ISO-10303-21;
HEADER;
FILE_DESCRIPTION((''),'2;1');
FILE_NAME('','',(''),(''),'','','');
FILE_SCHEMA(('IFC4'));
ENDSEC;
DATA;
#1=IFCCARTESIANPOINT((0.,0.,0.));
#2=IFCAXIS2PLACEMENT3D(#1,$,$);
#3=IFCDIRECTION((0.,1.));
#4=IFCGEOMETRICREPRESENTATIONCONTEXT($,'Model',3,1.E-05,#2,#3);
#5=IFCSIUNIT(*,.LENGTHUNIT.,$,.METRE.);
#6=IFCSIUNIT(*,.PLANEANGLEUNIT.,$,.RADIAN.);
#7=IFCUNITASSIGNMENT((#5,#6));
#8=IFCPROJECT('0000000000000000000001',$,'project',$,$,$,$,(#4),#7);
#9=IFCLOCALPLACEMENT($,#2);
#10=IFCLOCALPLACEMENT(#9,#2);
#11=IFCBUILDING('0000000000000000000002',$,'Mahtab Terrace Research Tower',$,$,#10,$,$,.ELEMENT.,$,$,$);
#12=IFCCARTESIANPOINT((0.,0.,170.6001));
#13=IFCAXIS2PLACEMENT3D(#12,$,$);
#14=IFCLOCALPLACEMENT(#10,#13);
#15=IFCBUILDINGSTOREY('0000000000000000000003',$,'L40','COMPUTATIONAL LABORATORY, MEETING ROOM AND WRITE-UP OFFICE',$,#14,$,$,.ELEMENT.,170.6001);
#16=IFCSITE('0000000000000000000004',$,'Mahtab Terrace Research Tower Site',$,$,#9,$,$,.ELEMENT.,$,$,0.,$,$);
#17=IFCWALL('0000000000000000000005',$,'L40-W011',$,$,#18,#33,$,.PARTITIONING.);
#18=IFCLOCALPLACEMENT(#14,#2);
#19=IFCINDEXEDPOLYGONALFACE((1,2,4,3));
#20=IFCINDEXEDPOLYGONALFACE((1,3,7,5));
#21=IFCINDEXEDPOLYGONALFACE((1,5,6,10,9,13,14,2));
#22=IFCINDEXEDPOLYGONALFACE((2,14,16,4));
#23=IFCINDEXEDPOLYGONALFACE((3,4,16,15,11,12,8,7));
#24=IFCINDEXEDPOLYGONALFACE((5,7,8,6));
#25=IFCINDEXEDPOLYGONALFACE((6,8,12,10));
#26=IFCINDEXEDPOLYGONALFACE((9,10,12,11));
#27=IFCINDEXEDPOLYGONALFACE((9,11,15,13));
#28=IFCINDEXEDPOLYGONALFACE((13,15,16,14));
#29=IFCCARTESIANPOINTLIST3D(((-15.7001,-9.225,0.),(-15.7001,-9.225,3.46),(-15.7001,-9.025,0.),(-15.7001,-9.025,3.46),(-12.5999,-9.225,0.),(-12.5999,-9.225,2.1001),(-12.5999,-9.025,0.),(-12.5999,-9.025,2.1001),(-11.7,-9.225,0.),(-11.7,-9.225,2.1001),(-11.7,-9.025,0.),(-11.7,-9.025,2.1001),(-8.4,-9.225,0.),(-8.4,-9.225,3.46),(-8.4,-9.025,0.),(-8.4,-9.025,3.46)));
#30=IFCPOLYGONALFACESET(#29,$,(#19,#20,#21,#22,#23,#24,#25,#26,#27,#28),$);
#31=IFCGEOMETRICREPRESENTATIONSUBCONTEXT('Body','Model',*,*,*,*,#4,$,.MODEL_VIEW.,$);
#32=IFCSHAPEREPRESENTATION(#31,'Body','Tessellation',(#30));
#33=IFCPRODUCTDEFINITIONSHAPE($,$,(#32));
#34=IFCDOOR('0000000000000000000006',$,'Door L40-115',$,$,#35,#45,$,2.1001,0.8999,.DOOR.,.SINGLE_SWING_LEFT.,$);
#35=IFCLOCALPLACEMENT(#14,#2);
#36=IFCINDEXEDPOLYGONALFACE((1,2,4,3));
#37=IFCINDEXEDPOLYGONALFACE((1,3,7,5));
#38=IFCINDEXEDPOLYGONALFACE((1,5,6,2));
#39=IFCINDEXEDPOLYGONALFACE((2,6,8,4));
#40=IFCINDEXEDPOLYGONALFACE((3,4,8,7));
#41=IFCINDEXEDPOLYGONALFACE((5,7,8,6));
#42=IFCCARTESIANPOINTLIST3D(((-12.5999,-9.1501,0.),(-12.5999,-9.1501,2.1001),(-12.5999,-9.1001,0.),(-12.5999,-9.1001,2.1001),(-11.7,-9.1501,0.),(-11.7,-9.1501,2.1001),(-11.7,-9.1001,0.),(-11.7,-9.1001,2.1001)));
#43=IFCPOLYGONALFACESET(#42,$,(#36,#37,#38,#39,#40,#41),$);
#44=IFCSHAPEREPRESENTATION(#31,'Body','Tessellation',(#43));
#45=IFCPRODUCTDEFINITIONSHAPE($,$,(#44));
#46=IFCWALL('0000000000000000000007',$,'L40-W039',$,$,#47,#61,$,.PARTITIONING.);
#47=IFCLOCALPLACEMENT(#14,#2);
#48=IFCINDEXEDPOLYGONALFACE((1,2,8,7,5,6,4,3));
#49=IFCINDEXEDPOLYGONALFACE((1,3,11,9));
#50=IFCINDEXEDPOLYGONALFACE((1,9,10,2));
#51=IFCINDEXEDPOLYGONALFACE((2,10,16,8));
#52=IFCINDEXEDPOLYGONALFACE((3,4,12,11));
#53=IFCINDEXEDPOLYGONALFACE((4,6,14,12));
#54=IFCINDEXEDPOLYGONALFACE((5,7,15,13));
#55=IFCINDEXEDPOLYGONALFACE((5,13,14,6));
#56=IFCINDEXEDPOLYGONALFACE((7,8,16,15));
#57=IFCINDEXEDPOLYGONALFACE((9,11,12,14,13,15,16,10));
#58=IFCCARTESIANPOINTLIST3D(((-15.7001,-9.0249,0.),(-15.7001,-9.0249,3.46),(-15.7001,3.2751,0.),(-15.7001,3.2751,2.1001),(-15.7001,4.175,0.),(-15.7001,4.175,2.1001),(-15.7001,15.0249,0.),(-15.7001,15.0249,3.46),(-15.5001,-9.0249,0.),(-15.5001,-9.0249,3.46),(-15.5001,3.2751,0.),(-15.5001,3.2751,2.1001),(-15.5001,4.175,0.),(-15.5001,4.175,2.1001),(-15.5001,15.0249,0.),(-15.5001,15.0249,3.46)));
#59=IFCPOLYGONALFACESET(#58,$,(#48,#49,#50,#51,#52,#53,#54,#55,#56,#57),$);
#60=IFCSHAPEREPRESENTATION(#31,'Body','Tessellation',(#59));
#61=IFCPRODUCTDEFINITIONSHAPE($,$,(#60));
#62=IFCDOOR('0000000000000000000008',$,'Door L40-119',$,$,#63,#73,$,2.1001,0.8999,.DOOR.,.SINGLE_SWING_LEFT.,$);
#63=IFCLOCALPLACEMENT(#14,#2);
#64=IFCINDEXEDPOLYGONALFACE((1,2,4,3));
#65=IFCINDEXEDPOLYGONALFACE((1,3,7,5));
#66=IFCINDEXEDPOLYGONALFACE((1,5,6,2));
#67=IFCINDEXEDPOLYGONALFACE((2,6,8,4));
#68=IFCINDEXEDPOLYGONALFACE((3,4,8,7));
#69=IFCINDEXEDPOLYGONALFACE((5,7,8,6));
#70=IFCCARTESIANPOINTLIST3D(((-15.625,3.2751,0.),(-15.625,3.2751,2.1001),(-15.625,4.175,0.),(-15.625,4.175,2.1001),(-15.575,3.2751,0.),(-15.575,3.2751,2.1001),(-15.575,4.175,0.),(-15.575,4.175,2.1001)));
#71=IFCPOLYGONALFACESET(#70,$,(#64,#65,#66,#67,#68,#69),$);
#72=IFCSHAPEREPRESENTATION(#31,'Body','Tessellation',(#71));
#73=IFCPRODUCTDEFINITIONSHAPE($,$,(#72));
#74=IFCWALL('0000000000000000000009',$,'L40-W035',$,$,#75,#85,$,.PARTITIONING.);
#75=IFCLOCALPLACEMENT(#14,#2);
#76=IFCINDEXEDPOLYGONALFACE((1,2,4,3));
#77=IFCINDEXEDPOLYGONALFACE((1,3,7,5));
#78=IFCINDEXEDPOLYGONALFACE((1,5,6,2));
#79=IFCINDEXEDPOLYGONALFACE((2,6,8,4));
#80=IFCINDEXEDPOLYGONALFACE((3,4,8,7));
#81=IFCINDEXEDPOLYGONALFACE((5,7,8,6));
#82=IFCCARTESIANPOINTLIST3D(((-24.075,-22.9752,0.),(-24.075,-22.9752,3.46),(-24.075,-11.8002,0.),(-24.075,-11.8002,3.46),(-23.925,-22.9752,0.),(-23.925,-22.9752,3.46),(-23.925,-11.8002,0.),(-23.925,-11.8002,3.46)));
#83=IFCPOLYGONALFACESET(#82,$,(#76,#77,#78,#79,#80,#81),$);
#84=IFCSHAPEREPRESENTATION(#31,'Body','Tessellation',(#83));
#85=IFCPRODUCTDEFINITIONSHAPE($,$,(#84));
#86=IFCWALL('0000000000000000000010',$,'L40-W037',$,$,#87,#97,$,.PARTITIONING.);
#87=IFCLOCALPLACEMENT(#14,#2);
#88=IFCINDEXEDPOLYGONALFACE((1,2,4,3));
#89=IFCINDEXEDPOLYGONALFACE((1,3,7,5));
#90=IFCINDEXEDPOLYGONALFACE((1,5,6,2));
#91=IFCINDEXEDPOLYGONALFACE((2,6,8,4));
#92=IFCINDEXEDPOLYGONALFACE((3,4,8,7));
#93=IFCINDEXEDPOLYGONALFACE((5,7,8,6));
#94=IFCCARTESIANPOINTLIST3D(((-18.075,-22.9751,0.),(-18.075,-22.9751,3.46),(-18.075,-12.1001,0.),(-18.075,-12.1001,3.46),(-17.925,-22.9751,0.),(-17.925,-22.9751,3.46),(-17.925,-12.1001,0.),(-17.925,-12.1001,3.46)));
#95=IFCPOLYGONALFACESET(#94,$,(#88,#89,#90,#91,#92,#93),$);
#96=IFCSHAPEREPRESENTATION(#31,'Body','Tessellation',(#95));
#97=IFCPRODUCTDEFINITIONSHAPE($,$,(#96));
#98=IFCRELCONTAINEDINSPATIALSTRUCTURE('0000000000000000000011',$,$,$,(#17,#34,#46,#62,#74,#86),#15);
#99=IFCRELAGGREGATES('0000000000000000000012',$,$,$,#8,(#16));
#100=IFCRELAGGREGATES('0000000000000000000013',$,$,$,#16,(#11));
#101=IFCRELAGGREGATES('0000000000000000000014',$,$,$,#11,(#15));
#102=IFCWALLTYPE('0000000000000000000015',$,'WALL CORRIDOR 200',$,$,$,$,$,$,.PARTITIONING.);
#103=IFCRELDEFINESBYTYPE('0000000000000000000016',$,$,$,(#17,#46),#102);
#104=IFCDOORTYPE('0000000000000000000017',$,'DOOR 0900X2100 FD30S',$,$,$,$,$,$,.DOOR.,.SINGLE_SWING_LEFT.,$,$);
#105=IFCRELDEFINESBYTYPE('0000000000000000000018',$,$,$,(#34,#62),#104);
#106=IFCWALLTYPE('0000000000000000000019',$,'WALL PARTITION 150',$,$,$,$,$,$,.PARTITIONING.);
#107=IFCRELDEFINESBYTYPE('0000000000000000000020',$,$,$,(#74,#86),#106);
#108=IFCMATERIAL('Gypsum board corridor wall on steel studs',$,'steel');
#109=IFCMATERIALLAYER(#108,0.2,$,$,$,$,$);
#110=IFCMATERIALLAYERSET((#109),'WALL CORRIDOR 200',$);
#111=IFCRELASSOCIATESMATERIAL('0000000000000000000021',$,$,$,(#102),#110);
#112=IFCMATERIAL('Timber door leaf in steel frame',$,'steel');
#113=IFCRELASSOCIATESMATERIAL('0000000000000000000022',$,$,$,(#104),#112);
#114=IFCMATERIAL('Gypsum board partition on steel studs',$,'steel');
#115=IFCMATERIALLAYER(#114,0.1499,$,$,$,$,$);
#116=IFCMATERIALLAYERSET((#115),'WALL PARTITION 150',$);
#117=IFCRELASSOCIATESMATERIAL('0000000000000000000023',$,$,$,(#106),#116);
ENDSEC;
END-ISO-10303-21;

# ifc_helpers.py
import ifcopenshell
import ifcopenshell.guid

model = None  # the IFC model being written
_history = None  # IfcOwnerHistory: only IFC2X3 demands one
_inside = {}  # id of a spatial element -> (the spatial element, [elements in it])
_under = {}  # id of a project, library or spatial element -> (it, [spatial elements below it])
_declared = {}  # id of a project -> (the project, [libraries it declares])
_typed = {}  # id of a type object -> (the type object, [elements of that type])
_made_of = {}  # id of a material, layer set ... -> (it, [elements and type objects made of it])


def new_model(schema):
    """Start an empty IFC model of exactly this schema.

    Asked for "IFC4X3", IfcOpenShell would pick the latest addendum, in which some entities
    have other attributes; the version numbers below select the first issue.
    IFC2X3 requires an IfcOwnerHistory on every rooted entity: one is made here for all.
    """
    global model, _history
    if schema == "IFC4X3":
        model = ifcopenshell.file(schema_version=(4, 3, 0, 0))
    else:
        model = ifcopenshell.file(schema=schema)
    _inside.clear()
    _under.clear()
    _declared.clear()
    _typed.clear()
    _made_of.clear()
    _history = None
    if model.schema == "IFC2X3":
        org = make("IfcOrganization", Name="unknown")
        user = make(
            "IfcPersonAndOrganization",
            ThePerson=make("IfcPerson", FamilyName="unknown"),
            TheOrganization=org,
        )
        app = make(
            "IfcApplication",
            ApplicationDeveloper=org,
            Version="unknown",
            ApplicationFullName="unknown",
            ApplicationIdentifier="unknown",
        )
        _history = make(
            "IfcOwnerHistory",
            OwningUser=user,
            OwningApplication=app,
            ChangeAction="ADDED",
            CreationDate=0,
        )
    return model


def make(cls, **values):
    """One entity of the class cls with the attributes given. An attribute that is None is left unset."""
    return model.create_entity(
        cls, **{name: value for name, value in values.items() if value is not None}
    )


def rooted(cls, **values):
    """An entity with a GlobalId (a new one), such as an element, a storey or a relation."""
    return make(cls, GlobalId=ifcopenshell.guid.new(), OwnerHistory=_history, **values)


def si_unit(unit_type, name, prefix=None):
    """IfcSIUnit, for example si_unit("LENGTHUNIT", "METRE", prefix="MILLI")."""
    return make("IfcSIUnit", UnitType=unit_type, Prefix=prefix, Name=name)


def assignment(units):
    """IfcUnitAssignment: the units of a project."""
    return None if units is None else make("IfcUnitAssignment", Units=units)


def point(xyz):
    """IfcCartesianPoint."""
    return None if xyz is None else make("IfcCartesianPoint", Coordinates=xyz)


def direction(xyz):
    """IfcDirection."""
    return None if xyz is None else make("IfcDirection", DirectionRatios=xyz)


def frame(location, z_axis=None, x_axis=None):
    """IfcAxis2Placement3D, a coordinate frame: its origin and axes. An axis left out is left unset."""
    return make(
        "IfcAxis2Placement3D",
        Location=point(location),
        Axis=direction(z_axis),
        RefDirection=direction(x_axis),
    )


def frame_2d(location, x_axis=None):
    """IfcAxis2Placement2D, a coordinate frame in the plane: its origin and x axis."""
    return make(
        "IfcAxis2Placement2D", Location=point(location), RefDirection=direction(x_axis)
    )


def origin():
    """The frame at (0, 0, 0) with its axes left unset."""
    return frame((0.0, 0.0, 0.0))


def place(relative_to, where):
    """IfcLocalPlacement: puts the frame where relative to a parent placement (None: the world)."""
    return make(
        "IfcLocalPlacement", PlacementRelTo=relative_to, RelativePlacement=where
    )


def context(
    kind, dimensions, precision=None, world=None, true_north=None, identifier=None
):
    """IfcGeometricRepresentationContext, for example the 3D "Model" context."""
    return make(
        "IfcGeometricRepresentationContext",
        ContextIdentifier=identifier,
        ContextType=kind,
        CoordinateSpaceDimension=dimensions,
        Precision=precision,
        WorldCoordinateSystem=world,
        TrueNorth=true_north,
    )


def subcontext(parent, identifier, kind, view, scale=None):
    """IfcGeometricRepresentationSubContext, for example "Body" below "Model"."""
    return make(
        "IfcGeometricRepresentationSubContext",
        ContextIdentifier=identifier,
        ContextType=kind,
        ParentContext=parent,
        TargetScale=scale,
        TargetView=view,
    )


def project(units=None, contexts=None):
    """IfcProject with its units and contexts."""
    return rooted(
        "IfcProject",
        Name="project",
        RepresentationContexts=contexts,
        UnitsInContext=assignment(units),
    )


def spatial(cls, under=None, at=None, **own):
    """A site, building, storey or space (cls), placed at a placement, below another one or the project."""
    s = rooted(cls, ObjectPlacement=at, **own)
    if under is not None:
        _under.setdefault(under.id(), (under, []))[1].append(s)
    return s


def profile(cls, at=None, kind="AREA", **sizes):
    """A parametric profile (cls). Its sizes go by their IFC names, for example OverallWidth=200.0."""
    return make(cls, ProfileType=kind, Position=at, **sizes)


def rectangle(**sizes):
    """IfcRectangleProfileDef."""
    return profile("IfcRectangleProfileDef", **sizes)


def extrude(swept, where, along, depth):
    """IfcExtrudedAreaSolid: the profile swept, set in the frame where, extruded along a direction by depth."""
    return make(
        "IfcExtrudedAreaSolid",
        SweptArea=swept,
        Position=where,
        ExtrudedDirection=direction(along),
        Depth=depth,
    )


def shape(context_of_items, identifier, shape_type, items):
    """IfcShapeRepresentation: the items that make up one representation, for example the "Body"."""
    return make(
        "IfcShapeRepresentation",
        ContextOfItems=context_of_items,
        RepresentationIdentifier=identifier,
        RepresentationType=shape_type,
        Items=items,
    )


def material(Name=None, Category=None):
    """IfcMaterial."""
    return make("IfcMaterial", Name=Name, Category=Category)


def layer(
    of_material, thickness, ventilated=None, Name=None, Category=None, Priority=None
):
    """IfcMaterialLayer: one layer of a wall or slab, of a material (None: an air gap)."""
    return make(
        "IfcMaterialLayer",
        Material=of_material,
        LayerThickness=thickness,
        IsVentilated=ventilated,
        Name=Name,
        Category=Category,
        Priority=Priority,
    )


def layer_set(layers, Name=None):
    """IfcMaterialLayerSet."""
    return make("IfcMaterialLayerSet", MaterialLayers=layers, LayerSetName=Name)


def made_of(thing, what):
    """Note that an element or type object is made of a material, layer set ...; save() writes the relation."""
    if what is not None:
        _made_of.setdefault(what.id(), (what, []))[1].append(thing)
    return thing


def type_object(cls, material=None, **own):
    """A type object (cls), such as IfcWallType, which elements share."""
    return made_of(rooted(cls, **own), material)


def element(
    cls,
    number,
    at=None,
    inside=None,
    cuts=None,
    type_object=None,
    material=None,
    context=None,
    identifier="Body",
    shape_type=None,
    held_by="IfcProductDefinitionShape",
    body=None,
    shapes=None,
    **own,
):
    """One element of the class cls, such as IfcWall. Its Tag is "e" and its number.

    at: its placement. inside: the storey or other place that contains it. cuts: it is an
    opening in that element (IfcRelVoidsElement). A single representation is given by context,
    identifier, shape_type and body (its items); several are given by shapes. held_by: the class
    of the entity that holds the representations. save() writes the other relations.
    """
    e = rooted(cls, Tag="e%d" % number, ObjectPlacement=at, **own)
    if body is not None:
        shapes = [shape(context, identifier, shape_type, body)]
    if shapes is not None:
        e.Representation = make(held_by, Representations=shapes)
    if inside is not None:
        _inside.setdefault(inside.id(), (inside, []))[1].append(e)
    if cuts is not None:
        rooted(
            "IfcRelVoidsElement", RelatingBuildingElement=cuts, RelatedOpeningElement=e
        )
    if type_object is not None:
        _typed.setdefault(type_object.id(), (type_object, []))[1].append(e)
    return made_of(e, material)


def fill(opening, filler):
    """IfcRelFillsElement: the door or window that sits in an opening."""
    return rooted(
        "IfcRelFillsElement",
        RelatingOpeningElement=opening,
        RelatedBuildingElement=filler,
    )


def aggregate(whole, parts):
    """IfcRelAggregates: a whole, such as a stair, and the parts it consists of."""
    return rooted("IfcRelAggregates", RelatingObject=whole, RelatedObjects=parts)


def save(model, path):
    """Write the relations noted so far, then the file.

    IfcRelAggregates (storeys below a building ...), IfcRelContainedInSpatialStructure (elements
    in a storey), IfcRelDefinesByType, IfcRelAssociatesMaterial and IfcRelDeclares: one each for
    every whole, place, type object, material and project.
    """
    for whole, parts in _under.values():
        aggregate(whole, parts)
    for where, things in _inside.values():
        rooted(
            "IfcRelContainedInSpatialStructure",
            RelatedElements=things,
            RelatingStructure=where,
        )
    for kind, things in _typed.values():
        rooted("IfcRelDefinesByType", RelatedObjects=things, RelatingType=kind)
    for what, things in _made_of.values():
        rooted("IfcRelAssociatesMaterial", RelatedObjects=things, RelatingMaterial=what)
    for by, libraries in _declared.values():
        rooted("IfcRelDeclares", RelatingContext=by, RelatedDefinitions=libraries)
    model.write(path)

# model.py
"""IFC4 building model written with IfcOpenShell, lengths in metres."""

from ifc_helpers import new_model, si_unit, direction, frame, frame_2d, origin, place, context, subcontext, project, spatial, rectangle, extrude, material, layer, layer_set, type_object, element, fill, save


model = new_model("IFC4")

# Units and contexts
model_context = context("Model", 3, precision=1e-05, world=origin(), true_north=direction((0.0, 1.0)))
body_context = subcontext(model_context, "Body", "Model", "MODEL_VIEW")
ifc_project = project(units=[si_unit("LENGTHUNIT", "METRE"), si_unit("PLANEANGLEUNIT", "RADIAN")], contexts=[model_context])

# Site, building, storey
site_placement = place(None, origin())
site = spatial("IfcSite", under=ifc_project, at=site_placement, Name="Mahtab Terrace Research Tower Site", CompositionType="ELEMENT", RefElevation=0.0)
building_placement = place(site_placement, origin())
building = spatial("IfcBuilding", under=site, at=building_placement, Name="Mahtab Terrace Research Tower", CompositionType="ELEMENT")
storey_placement = place(building_placement, frame((0.0, 0.0, 170.6001)))
storey = spatial("IfcBuildingStorey", under=building, at=storey_placement, Name="L40", Description="COMPUTATIONAL LABORATORY, MEETING ROOM AND WRITE-UP OFFICE", CompositionType="ELEMENT", Elevation=170.6001)

# Walls, openings, doors
ifc_material_1 = material(Name="Gypsum board corridor wall on steel studs", Category="steel")
ifc_layer_1 = layer(ifc_material_1, 0.2)
ifc_layer_set_1 = layer_set([ifc_layer_1], Name="WALL CORRIDOR 200")
wall_type_1 = type_object("IfcWallType", Name="WALL CORRIDOR 200", PredefinedType="PARTITIONING", material=ifc_layer_set_1)
ifc_material_2 = material(Name="Timber door leaf in steel frame", Category="steel")
wall_1_placement = place(storey_placement, frame((-15.7, -9.125, 0.0), z_axis=(0.0, 0.0, 1.0), x_axis=(1.0, 0.0, 0.0)))
wall_1 = element("IfcWall", 1, at=wall_1_placement, inside=storey, type_object=wall_type_1, Name="L40-W011", PredefinedType="PARTITIONING", context=body_context, shape_type="SweptSolid", body=[
    extrude(rectangle(XDim=7.3, YDim=0.2, at=frame_2d((3.6499, 0.0))), origin(), (0.0, 0.0, 1.0), 3.46),
])
opening_1_placement = place(wall_1_placement, frame((3.1001, 0.0, 0.0)))
opening_1 = element("IfcOpeningElement", 2, at=opening_1_placement, cuts=wall_1, PredefinedType="OPENING", context=body_context, shape_type="SweptSolid", body=[
    extrude(rectangle(XDim=0.8999, YDim=2.1001, at=frame_2d((0.45, 1.05))), frame((0.0, 0.1099, 0.0), z_axis=(0.0, -1.0, 0.0), x_axis=(1.0, 0.0, 0.0)), (0.0, 0.0, 1.0), 0.22),
])
door_type_1 = type_object("IfcDoorType", Name="DOOR 0900X2100 FD30S", OperationType="SINGLE_SWING_LEFT", PredefinedType="DOOR", material=ifc_material_2)
door_1_placement = place(opening_1_placement, origin())
door_1 = element("IfcDoor", 3, at=door_1_placement, inside=storey, type_object=door_type_1, Name="Door L40-115", OperationType="SINGLE_SWING_LEFT", OverallHeight=2.1001, OverallWidth=0.8999, PredefinedType="DOOR", context=body_context, shape_type="SweptSolid", body=[
    extrude(rectangle(XDim=0.8999, YDim=2.1001, at=frame_2d((0.45, 1.05))), frame((0.0, 0.0249, 0.0), z_axis=(0.0, -1.0, 0.0), x_axis=(1.0, 0.0, 0.0)), (0.0, 0.0, 1.0), 0.05),
])
fill(opening_1, door_1)
wall_2_placement = place(storey_placement, frame((-15.6001, -9.0249, 0.0), z_axis=(0.0, 0.0, 1.0), x_axis=(0.0, 1.0, 0.0)))
wall_2 = element("IfcWall", 4, at=wall_2_placement, inside=storey, type_object=wall_type_1, Name="L40-W039", PredefinedType="PARTITIONING", context=body_context, shape_type="SweptSolid", body=[
    extrude(rectangle(XDim=24.0498, YDim=0.2, at=frame_2d((12.0249, 0.0))), origin(), (0.0, 0.0, 1.0), 3.46),
])
opening_2_placement = place(wall_2_placement, frame((12.3, 0.0, 0.0)))
opening_2 = element("IfcOpeningElement", 5, at=opening_2_placement, cuts=wall_2, PredefinedType="OPENING", context=body_context, shape_type="SweptSolid", body=[
    extrude(rectangle(XDim=0.8999, YDim=2.1001, at=frame_2d((0.45, 1.05))), frame((0.0, 0.1099, 0.0), z_axis=(0.0, -1.0, 0.0), x_axis=(1.0, 0.0, 0.0)), (0.0, 0.0, 1.0), 0.22),
])
door_2_placement = place(opening_2_placement, origin())
door_2 = element("IfcDoor", 6, at=door_2_placement, inside=storey, type_object=door_type_1, Name="Door L40-119", OperationType="SINGLE_SWING_LEFT", OverallHeight=2.1001, OverallWidth=0.8999, PredefinedType="DOOR", context=body_context, shape_type="SweptSolid", body=[
    extrude(rectangle(XDim=0.8999, YDim=2.1001, at=frame_2d((0.45, 1.05))), frame((0.0, 0.0249, 0.0), z_axis=(0.0, -1.0, 0.0), x_axis=(1.0, 0.0, 0.0)), (0.0, 0.0, 1.0), 0.05),
])
fill(opening_2, door_2)

# Walls
ifc_material_3 = material(Name="Gypsum board partition on steel studs", Category="steel")
ifc_layer_2 = layer(ifc_material_3, 0.1499)
ifc_layer_set_2 = layer_set([ifc_layer_2], Name="WALL PARTITION 150")
wall_type_2 = type_object("IfcWallType", Name="WALL PARTITION 150", PredefinedType="PARTITIONING", material=ifc_layer_set_2)
wall_3_placement = place(storey_placement, frame((-24.0, -22.9751, 0.0), z_axis=(0.0, 0.0, 1.0), x_axis=(0.0, 1.0, 0.0)))
element("IfcWall", 7, at=wall_3_placement, inside=storey, type_object=wall_type_2, Name="L40-W035", PredefinedType="PARTITIONING", context=body_context, shape_type="SweptSolid", body=[
    extrude(rectangle(XDim=11.175, YDim=0.1499, at=frame_2d((5.5874, 0.0))), origin(), (0.0, 0.0, 1.0), 3.46),
])
wall_4_placement = place(storey_placement, frame((-18.0, -22.9751, 0.0), z_axis=(0.0, 0.0, 1.0), x_axis=(0.0, 1.0, 0.0)))
element("IfcWall", 8, at=wall_4_placement, inside=storey, type_object=wall_type_2, Name="L40-W037", PredefinedType="PARTITIONING", context=body_context, shape_type="SweptSolid", body=[
    extrude(rectangle(XDim=10.875, YDim=0.1499, at=frame_2d((5.4375, 0.0))), origin(), (0.0, 0.0, 1.0), 3.46),
])

save(model, "model.ifc")
